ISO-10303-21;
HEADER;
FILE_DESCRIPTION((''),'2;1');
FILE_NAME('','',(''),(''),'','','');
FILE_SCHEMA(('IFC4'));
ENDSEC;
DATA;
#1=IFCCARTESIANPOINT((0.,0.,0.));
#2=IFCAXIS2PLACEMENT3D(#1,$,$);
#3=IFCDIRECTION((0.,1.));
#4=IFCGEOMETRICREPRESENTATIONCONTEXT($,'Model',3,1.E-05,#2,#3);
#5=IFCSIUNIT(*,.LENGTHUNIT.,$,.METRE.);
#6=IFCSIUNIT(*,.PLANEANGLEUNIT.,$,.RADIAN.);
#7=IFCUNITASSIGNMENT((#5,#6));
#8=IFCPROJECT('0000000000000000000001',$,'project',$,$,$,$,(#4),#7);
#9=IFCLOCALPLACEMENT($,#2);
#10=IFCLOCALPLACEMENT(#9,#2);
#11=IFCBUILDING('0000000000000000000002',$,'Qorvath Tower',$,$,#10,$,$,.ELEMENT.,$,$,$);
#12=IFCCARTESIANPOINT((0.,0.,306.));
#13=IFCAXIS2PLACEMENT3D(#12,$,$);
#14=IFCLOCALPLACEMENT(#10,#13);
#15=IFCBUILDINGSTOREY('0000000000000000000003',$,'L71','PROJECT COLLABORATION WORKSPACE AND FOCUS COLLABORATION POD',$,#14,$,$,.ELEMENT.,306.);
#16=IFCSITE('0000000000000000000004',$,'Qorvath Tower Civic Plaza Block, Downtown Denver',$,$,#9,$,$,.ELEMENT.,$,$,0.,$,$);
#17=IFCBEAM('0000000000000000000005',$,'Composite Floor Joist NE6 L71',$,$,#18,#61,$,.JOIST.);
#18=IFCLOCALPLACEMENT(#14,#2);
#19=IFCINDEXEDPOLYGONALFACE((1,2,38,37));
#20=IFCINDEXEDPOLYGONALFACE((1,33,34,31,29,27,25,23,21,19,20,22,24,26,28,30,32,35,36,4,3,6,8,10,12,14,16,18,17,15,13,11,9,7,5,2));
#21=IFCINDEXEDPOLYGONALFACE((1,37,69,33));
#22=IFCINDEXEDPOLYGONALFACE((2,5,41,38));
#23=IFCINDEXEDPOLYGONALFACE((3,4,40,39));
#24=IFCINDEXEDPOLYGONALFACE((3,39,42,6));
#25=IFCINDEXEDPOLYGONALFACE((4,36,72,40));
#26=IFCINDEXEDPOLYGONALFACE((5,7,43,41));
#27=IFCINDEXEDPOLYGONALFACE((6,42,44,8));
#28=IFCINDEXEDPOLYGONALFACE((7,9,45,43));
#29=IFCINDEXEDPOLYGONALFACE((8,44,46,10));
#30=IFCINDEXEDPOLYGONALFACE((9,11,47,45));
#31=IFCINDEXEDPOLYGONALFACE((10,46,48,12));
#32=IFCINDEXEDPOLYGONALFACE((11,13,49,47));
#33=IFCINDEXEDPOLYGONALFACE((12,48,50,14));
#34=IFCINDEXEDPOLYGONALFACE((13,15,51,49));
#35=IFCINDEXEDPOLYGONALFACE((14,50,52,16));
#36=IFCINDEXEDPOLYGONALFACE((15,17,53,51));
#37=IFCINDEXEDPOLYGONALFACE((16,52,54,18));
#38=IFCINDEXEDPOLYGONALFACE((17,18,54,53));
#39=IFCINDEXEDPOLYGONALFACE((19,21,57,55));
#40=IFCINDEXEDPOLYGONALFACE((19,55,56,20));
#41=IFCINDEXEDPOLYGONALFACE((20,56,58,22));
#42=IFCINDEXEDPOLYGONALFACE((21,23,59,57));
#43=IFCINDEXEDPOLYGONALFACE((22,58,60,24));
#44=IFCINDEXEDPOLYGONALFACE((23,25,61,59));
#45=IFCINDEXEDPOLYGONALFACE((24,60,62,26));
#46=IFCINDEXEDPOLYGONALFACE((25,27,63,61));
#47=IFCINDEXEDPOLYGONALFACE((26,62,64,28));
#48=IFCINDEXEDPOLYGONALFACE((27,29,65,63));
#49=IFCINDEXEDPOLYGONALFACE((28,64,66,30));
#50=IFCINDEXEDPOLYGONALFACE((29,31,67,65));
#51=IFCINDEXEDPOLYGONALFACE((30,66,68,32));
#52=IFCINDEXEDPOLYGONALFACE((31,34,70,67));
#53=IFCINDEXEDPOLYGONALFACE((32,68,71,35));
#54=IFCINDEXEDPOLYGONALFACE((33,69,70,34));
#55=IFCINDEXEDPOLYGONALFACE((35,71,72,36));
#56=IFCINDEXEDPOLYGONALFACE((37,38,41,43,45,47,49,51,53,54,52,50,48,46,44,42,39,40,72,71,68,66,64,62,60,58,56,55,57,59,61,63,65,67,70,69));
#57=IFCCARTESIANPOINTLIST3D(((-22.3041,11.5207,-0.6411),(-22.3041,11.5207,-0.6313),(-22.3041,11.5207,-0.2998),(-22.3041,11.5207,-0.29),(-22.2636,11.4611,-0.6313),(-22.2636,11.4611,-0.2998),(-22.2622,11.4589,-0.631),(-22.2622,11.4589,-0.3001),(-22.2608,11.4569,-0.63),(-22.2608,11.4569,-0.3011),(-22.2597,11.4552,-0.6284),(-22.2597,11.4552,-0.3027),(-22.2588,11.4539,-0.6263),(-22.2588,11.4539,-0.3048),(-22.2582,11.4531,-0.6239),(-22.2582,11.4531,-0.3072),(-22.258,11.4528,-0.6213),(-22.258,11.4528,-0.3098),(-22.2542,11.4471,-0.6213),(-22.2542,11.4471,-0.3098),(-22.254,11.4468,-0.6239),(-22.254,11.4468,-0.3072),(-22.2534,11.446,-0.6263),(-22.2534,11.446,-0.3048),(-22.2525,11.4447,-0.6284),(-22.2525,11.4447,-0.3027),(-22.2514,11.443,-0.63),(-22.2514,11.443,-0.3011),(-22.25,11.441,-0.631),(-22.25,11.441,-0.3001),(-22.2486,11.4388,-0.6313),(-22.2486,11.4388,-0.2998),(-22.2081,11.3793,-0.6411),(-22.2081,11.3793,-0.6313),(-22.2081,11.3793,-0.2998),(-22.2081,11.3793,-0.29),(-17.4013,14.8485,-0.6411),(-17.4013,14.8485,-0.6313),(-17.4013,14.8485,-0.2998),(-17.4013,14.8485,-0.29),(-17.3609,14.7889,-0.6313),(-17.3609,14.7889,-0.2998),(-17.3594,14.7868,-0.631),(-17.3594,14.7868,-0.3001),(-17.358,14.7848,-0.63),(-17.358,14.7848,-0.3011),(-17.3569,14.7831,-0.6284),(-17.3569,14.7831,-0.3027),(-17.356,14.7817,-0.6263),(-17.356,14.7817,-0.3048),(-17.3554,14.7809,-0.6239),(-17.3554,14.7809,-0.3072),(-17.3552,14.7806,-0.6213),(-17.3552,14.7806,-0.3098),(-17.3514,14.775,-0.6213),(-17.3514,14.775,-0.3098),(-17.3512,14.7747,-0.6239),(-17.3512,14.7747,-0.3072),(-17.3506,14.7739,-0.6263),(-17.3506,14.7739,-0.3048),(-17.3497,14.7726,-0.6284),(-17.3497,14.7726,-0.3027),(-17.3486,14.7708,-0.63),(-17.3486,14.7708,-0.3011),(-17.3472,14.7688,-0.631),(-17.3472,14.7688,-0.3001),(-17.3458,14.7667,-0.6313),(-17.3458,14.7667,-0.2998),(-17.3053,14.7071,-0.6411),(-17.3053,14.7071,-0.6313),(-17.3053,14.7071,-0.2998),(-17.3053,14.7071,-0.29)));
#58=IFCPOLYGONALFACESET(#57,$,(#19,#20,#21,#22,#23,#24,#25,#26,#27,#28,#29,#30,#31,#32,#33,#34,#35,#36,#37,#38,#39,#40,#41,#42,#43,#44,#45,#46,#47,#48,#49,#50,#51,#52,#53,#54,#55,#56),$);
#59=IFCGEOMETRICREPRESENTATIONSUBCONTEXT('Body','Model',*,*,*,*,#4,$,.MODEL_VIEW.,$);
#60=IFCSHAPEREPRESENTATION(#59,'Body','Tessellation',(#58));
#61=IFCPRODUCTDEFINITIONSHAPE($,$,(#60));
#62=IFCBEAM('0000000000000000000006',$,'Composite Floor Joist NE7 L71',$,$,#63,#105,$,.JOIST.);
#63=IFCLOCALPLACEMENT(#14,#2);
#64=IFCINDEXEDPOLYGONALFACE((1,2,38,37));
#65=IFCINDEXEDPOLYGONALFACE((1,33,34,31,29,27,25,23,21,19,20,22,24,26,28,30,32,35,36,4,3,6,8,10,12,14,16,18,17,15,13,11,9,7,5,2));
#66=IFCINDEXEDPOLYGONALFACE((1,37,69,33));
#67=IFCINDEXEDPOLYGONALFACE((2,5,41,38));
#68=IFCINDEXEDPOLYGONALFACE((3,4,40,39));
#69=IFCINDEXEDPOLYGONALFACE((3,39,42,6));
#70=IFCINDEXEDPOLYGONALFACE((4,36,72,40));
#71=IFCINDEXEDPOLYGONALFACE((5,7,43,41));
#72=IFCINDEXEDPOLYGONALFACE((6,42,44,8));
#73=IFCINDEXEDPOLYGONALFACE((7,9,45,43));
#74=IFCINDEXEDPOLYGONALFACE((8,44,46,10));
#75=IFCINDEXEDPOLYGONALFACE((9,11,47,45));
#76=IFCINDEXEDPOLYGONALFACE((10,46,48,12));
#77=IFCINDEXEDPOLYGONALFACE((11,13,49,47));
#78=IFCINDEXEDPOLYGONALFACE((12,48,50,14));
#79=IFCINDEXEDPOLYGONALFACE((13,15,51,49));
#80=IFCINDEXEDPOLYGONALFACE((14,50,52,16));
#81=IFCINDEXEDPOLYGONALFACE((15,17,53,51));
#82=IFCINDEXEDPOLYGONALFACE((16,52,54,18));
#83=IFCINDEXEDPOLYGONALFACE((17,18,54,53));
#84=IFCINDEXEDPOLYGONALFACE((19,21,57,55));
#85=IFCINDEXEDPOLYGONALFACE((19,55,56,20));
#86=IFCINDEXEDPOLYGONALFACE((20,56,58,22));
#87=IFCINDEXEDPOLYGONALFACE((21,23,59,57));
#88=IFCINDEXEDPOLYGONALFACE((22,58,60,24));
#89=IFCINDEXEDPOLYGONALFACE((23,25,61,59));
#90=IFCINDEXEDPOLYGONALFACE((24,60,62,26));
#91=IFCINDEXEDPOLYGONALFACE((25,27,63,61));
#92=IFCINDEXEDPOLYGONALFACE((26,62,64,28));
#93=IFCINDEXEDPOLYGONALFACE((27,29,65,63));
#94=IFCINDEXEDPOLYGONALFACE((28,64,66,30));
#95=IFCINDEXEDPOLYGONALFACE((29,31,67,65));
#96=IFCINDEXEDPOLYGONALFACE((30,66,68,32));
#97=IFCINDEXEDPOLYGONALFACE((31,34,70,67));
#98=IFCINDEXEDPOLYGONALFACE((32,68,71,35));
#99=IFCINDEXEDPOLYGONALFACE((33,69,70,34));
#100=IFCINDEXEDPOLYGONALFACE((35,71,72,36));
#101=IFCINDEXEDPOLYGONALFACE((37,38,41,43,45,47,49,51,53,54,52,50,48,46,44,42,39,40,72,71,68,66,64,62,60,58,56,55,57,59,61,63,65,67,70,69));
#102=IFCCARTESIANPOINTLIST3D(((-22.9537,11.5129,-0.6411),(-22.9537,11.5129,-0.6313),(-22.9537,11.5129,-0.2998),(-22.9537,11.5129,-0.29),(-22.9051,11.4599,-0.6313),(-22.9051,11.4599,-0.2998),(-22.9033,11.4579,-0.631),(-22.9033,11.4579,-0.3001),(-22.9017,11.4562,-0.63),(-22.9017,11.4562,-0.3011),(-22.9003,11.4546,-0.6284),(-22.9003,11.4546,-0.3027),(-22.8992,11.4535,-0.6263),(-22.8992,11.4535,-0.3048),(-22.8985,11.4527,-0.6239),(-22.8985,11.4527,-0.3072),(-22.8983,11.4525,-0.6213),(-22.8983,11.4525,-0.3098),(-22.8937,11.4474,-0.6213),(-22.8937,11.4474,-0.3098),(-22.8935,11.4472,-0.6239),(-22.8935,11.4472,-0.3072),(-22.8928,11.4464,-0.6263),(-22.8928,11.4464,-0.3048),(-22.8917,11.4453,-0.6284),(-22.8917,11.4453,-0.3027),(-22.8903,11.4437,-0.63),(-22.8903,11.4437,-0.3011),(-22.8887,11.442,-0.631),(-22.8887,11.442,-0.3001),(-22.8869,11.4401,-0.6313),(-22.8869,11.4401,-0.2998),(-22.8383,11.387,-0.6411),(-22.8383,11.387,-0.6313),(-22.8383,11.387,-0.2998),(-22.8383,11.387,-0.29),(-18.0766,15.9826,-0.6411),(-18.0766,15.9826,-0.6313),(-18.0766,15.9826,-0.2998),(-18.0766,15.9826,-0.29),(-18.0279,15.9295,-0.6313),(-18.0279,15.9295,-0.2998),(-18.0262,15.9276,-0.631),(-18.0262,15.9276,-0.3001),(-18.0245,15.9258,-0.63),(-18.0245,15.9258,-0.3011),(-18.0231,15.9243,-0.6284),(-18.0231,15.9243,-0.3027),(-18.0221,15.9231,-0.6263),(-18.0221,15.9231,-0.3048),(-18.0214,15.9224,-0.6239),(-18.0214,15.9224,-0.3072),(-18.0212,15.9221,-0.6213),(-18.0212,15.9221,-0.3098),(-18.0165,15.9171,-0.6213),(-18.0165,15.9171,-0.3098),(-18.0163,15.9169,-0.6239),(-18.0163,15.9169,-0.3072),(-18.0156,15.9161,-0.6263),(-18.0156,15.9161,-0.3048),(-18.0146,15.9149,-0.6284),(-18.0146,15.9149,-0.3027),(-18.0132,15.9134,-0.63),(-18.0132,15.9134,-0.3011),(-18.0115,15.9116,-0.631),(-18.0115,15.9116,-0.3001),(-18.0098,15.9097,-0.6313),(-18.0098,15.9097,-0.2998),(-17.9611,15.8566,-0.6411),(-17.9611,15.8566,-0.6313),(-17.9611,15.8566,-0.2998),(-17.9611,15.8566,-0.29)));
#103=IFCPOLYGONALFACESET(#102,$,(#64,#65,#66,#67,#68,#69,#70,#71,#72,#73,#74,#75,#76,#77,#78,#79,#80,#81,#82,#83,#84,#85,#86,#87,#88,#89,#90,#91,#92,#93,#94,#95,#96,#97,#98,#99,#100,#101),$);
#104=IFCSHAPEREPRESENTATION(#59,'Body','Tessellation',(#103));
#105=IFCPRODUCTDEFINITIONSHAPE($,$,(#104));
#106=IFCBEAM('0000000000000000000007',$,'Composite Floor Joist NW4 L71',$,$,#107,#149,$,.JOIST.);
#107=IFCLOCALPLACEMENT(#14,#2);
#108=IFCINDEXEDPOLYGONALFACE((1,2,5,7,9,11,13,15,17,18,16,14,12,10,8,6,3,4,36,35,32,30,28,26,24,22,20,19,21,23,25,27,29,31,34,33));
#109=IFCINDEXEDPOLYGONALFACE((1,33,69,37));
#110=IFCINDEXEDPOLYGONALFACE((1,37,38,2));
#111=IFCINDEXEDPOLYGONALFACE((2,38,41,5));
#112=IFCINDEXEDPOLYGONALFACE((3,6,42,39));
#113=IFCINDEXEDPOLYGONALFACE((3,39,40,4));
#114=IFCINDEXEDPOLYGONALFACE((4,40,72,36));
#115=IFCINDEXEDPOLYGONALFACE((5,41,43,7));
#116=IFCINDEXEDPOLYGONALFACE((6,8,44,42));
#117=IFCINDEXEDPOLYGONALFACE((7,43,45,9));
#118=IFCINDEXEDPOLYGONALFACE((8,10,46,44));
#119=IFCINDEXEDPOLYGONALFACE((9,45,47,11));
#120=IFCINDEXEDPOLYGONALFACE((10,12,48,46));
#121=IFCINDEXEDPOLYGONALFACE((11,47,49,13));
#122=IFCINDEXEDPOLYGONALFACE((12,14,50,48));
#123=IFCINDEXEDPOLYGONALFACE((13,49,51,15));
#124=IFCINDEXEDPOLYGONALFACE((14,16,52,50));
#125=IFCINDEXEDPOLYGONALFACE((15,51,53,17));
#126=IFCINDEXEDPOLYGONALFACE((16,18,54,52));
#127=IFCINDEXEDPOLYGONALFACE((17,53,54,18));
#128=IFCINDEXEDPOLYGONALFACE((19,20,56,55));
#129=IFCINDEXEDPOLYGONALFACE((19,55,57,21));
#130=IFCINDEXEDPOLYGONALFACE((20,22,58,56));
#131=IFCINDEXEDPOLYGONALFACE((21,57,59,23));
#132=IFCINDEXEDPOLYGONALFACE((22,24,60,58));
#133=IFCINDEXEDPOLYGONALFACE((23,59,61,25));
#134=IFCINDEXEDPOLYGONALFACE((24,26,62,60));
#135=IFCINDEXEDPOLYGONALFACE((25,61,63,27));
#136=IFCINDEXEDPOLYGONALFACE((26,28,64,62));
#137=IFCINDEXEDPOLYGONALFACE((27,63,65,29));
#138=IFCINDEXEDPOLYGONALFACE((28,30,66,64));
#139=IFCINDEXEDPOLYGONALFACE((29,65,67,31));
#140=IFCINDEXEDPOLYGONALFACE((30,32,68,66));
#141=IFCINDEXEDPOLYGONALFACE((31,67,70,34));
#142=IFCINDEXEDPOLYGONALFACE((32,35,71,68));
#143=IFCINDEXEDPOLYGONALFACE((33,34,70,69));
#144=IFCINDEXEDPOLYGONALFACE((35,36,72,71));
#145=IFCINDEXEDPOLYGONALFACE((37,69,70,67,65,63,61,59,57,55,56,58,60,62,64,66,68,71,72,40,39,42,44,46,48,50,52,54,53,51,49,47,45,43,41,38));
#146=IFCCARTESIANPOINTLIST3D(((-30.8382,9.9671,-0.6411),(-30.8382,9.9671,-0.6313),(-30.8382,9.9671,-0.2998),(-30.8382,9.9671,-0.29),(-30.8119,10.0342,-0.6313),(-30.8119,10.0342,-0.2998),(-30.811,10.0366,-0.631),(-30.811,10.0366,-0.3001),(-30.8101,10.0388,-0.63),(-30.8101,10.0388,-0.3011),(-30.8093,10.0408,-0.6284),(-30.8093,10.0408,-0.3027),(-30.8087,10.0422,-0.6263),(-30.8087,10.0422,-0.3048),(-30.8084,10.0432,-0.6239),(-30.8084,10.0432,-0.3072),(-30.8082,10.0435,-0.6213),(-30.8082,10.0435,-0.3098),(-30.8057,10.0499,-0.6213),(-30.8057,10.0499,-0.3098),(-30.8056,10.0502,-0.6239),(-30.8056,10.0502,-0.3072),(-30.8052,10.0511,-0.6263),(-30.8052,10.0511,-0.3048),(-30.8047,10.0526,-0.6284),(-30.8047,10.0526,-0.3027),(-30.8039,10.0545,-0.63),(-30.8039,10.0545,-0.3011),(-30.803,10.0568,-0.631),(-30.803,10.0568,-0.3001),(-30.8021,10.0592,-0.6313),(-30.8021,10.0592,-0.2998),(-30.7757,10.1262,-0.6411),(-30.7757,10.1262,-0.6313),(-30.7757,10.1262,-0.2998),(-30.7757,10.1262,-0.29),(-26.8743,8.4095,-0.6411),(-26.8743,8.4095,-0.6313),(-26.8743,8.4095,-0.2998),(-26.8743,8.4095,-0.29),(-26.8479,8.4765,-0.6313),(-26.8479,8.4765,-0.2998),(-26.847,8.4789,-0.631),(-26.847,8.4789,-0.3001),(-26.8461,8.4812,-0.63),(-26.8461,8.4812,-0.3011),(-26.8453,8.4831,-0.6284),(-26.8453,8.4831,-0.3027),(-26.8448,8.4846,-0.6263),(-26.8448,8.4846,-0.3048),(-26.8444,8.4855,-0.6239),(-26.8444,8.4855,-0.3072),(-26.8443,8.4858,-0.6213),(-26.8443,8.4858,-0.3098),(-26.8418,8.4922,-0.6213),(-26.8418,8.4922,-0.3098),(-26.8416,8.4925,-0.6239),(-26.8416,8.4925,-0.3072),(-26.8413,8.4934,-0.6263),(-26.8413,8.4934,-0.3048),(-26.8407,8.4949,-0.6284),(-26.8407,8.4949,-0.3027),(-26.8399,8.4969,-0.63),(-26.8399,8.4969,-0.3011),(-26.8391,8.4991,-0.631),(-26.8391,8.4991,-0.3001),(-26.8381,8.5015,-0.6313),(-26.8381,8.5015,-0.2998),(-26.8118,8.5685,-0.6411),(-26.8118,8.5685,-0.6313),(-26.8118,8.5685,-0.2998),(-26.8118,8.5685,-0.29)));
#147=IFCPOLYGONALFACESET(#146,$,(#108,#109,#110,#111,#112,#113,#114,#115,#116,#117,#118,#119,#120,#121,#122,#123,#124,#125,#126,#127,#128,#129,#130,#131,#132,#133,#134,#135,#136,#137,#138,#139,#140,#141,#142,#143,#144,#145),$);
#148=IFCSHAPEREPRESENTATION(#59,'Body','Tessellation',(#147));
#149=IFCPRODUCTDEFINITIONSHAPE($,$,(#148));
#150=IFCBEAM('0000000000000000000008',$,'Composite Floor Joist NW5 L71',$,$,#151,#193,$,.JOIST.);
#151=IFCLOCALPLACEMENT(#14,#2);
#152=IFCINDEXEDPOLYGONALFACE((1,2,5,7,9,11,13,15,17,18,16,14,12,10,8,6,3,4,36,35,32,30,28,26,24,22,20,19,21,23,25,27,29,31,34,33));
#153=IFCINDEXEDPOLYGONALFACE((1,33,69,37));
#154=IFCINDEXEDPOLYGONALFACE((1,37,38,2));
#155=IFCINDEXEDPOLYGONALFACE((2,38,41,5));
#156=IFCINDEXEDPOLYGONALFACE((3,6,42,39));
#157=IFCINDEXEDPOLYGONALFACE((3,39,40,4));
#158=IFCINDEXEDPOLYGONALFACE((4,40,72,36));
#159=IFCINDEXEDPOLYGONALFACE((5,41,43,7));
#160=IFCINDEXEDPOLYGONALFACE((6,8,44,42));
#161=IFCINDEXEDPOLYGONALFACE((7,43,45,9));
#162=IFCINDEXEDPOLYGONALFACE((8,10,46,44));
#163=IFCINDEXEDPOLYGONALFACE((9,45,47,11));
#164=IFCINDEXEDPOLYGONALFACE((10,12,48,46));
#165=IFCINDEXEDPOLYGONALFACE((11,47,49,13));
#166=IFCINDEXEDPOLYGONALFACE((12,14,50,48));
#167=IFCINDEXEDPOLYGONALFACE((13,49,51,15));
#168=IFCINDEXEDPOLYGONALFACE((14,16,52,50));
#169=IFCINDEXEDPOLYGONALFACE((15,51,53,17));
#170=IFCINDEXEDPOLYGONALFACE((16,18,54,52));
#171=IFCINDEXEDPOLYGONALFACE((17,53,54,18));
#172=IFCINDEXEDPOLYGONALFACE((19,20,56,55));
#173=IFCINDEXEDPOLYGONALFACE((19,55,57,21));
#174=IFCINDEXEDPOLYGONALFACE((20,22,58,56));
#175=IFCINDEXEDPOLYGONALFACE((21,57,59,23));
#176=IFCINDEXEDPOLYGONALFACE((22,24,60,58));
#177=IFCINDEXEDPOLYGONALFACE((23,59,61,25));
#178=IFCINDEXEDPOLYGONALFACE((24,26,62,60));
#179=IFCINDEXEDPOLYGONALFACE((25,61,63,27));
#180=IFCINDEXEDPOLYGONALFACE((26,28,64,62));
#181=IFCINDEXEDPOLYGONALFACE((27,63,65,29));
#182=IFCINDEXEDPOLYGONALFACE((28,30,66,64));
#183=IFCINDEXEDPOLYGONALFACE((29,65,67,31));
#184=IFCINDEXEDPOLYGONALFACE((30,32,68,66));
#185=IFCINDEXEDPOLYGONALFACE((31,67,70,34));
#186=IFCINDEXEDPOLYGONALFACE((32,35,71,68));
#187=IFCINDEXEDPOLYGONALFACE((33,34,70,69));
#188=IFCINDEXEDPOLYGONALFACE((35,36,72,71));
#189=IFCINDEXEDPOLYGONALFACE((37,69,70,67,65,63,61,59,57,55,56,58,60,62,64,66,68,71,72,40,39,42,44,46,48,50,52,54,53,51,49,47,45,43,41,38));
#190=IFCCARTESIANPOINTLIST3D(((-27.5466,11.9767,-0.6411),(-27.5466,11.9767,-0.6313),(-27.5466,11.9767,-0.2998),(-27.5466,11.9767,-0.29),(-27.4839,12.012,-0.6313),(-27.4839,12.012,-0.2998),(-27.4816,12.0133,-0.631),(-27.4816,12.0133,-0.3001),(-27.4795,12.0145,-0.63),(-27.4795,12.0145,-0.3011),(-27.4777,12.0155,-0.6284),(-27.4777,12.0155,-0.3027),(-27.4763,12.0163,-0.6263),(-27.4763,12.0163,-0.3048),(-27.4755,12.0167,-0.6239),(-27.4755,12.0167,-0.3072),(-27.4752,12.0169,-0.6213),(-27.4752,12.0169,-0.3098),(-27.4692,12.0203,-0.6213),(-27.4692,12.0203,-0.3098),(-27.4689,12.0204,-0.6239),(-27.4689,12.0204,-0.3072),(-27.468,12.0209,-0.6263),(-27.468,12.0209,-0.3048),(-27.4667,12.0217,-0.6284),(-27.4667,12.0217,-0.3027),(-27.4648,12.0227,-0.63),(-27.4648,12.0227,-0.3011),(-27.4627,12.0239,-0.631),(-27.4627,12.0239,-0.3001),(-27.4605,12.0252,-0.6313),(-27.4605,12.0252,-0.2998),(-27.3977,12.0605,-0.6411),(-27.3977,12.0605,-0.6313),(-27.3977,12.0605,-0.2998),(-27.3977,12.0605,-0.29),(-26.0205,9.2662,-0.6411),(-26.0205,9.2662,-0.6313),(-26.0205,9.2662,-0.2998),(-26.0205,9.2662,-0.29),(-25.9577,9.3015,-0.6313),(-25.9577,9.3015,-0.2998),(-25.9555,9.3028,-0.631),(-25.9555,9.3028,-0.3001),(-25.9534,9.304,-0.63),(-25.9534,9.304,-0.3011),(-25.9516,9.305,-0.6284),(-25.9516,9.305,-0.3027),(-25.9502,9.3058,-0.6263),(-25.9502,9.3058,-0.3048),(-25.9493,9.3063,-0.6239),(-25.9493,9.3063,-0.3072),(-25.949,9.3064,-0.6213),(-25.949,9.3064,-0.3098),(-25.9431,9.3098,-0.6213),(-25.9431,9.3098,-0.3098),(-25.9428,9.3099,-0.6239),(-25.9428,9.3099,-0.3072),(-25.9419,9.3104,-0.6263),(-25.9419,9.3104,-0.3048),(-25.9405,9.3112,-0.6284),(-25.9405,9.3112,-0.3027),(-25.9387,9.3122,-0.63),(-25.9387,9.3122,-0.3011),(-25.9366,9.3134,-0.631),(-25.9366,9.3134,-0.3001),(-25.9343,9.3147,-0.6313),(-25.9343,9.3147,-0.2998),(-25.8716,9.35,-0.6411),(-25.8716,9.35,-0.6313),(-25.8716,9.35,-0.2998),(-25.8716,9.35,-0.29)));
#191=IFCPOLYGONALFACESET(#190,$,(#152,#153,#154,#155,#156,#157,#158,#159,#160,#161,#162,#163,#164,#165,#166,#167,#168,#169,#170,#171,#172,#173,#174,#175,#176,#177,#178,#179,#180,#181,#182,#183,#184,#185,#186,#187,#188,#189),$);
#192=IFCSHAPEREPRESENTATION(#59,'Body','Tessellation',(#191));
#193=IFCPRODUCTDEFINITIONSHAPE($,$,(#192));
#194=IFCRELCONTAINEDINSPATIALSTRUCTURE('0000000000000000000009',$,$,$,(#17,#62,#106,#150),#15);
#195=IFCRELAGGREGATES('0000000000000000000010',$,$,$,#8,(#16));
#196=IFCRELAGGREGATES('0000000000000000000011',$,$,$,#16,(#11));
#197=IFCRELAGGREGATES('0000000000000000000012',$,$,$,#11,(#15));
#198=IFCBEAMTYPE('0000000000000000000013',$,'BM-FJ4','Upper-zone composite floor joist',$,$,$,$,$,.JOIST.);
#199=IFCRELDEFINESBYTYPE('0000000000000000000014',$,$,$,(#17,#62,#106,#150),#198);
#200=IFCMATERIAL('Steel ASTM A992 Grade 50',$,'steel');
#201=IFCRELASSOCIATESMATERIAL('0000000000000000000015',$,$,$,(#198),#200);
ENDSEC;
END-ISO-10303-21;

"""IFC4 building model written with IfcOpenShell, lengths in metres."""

from ifc_helpers import new_model, si_unit, direction, frame, origin, origin_2d, place, context, subcontext, project, spatial, i_section, extrude, material, material_profile, profile_set, type_object, element, save


model = new_model("IFC4")

# Units and contexts
model_context = context("Model", 3, precision=1e-05, world=origin(), true_north=direction((0.0, 1.0)))
body_context = subcontext(model_context, "Body", "Model", "MODEL_VIEW")
ifc_project = project(units=[si_unit("LENGTHUNIT", "METRE"), si_unit("PLANEANGLEUNIT", "RADIAN")], contexts=[model_context])

# Site, building, storey
site_placement = place(None, origin())
site = spatial("IfcSite", under=ifc_project, at=site_placement, Name="Qorvath Tower Civic Plaza Block, Downtown Denver", CompositionType="ELEMENT", RefElevation=0.0)
building_placement = place(site_placement, origin())
building = spatial("IfcBuilding", under=site, at=building_placement, Name="Qorvath Tower", CompositionType="ELEMENT")
storey_placement = place(building_placement, frame((0.0, 0.0, 306.0)))
storey = spatial("IfcBuildingStorey", under=building, at=storey_placement, Name="L71", Description="PROJECT COLLABORATION WORKSPACE AND FOCUS COLLABORATION POD", CompositionType="ELEMENT", Elevation=306.0)

# Beams
ifc_material_1 = material(Name="Steel ASTM A992 Grade 50", Category="steel")
ifc_material_profile_1 = material_profile(ifc_material_1, i_section(OverallWidth=0.1709, OverallDepth=0.3511, WebThickness=0.0068, FlangeThickness=0.0098, FilletRadius=0.01, at=origin_2d()), Name="W14x30")
ifc_profile_set_1 = profile_set([ifc_material_profile_1], Name="Steel ASTM A992 Grade 50")
beam_type_1 = type_object("IfcBeamType", Name="BM-FJ4", Description="Upper-zone composite floor joist", PredefinedType="JOIST", material=ifc_profile_set_1)
beam_1_placement = place(storey_placement, frame((-22.2561, 11.45, -0.4656), z_axis=(0.827401, 0.561612, 0.0), x_axis=(-0.561612, 0.827401, 0.0)))
element("IfcBeam", 1, at=beam_1_placement, inside=storey, type_object=beam_type_1, Name="Composite Floor Joist NE6 L71", PredefinedType="JOIST", context=body_context, shape_type="SweptSolid", body=[
    extrude(i_section(OverallWidth=0.1709, OverallDepth=0.3511, WebThickness=0.0068, FlangeThickness=0.0098, FilletRadius=0.01, at=origin_2d()), origin(), (0.0, 0.0, 1.0), 5.9255),
])
beam_2_placement = place(storey_placement, frame((-22.896, 11.45, -0.4656), z_axis=(0.737232, 0.675639, 0.0), x_axis=(-0.675639, 0.737232, 0.0)))
element("IfcBeam", 2, at=beam_2_placement, inside=storey, type_object=beam_type_1, Name="Composite Floor Joist NE7 L71", PredefinedType="JOIST", context=body_context, shape_type="SweptSolid", body=[
    extrude(i_section(OverallWidth=0.1709, OverallDepth=0.3511, WebThickness=0.0068, FlangeThickness=0.0098, FilletRadius=0.01, at=origin_2d()), origin(), (0.0, 0.0, 1.0), 6.6155),
])
beam_3_placement = place(storey_placement, frame((-26.843, 8.489, -0.4656), z_axis=(-0.930721, 0.36573, 0.0), x_axis=(-0.36573, -0.930721, 0.0)))
element("IfcBeam", 3, at=beam_3_placement, inside=storey, type_object=beam_type_1, Name="Composite Floor Joist NW4 L71", PredefinedType="JOIST", context=body_context, shape_type="SweptSolid", body=[
    extrude(i_section(OverallWidth=0.1709, OverallDepth=0.3511, WebThickness=0.0068, FlangeThickness=0.0098, FilletRadius=0.01, at=origin_2d()), origin(), (0.0, 0.0, 1.0), 4.259),
])
beam_4_placement = place(storey_placement, frame((-25.946, 9.3081, -0.4656), z_axis=(-0.490626, 0.87137, 0.0), x_axis=(-0.87137, -0.490626, 0.0)))
element("IfcBeam", 4, at=beam_4_placement, inside=storey, type_object=beam_type_1, Name="Composite Floor Joist NW5 L71", PredefinedType="JOIST", context=body_context, shape_type="SweptSolid", body=[
    extrude(i_section(OverallWidth=0.1709, OverallDepth=0.3511, WebThickness=0.0068, FlangeThickness=0.0098, FilletRadius=0.01, at=origin_2d()), origin(), (0.0, 0.0, 1.0), 3.1106),
])

save(model, "model.ifc")
